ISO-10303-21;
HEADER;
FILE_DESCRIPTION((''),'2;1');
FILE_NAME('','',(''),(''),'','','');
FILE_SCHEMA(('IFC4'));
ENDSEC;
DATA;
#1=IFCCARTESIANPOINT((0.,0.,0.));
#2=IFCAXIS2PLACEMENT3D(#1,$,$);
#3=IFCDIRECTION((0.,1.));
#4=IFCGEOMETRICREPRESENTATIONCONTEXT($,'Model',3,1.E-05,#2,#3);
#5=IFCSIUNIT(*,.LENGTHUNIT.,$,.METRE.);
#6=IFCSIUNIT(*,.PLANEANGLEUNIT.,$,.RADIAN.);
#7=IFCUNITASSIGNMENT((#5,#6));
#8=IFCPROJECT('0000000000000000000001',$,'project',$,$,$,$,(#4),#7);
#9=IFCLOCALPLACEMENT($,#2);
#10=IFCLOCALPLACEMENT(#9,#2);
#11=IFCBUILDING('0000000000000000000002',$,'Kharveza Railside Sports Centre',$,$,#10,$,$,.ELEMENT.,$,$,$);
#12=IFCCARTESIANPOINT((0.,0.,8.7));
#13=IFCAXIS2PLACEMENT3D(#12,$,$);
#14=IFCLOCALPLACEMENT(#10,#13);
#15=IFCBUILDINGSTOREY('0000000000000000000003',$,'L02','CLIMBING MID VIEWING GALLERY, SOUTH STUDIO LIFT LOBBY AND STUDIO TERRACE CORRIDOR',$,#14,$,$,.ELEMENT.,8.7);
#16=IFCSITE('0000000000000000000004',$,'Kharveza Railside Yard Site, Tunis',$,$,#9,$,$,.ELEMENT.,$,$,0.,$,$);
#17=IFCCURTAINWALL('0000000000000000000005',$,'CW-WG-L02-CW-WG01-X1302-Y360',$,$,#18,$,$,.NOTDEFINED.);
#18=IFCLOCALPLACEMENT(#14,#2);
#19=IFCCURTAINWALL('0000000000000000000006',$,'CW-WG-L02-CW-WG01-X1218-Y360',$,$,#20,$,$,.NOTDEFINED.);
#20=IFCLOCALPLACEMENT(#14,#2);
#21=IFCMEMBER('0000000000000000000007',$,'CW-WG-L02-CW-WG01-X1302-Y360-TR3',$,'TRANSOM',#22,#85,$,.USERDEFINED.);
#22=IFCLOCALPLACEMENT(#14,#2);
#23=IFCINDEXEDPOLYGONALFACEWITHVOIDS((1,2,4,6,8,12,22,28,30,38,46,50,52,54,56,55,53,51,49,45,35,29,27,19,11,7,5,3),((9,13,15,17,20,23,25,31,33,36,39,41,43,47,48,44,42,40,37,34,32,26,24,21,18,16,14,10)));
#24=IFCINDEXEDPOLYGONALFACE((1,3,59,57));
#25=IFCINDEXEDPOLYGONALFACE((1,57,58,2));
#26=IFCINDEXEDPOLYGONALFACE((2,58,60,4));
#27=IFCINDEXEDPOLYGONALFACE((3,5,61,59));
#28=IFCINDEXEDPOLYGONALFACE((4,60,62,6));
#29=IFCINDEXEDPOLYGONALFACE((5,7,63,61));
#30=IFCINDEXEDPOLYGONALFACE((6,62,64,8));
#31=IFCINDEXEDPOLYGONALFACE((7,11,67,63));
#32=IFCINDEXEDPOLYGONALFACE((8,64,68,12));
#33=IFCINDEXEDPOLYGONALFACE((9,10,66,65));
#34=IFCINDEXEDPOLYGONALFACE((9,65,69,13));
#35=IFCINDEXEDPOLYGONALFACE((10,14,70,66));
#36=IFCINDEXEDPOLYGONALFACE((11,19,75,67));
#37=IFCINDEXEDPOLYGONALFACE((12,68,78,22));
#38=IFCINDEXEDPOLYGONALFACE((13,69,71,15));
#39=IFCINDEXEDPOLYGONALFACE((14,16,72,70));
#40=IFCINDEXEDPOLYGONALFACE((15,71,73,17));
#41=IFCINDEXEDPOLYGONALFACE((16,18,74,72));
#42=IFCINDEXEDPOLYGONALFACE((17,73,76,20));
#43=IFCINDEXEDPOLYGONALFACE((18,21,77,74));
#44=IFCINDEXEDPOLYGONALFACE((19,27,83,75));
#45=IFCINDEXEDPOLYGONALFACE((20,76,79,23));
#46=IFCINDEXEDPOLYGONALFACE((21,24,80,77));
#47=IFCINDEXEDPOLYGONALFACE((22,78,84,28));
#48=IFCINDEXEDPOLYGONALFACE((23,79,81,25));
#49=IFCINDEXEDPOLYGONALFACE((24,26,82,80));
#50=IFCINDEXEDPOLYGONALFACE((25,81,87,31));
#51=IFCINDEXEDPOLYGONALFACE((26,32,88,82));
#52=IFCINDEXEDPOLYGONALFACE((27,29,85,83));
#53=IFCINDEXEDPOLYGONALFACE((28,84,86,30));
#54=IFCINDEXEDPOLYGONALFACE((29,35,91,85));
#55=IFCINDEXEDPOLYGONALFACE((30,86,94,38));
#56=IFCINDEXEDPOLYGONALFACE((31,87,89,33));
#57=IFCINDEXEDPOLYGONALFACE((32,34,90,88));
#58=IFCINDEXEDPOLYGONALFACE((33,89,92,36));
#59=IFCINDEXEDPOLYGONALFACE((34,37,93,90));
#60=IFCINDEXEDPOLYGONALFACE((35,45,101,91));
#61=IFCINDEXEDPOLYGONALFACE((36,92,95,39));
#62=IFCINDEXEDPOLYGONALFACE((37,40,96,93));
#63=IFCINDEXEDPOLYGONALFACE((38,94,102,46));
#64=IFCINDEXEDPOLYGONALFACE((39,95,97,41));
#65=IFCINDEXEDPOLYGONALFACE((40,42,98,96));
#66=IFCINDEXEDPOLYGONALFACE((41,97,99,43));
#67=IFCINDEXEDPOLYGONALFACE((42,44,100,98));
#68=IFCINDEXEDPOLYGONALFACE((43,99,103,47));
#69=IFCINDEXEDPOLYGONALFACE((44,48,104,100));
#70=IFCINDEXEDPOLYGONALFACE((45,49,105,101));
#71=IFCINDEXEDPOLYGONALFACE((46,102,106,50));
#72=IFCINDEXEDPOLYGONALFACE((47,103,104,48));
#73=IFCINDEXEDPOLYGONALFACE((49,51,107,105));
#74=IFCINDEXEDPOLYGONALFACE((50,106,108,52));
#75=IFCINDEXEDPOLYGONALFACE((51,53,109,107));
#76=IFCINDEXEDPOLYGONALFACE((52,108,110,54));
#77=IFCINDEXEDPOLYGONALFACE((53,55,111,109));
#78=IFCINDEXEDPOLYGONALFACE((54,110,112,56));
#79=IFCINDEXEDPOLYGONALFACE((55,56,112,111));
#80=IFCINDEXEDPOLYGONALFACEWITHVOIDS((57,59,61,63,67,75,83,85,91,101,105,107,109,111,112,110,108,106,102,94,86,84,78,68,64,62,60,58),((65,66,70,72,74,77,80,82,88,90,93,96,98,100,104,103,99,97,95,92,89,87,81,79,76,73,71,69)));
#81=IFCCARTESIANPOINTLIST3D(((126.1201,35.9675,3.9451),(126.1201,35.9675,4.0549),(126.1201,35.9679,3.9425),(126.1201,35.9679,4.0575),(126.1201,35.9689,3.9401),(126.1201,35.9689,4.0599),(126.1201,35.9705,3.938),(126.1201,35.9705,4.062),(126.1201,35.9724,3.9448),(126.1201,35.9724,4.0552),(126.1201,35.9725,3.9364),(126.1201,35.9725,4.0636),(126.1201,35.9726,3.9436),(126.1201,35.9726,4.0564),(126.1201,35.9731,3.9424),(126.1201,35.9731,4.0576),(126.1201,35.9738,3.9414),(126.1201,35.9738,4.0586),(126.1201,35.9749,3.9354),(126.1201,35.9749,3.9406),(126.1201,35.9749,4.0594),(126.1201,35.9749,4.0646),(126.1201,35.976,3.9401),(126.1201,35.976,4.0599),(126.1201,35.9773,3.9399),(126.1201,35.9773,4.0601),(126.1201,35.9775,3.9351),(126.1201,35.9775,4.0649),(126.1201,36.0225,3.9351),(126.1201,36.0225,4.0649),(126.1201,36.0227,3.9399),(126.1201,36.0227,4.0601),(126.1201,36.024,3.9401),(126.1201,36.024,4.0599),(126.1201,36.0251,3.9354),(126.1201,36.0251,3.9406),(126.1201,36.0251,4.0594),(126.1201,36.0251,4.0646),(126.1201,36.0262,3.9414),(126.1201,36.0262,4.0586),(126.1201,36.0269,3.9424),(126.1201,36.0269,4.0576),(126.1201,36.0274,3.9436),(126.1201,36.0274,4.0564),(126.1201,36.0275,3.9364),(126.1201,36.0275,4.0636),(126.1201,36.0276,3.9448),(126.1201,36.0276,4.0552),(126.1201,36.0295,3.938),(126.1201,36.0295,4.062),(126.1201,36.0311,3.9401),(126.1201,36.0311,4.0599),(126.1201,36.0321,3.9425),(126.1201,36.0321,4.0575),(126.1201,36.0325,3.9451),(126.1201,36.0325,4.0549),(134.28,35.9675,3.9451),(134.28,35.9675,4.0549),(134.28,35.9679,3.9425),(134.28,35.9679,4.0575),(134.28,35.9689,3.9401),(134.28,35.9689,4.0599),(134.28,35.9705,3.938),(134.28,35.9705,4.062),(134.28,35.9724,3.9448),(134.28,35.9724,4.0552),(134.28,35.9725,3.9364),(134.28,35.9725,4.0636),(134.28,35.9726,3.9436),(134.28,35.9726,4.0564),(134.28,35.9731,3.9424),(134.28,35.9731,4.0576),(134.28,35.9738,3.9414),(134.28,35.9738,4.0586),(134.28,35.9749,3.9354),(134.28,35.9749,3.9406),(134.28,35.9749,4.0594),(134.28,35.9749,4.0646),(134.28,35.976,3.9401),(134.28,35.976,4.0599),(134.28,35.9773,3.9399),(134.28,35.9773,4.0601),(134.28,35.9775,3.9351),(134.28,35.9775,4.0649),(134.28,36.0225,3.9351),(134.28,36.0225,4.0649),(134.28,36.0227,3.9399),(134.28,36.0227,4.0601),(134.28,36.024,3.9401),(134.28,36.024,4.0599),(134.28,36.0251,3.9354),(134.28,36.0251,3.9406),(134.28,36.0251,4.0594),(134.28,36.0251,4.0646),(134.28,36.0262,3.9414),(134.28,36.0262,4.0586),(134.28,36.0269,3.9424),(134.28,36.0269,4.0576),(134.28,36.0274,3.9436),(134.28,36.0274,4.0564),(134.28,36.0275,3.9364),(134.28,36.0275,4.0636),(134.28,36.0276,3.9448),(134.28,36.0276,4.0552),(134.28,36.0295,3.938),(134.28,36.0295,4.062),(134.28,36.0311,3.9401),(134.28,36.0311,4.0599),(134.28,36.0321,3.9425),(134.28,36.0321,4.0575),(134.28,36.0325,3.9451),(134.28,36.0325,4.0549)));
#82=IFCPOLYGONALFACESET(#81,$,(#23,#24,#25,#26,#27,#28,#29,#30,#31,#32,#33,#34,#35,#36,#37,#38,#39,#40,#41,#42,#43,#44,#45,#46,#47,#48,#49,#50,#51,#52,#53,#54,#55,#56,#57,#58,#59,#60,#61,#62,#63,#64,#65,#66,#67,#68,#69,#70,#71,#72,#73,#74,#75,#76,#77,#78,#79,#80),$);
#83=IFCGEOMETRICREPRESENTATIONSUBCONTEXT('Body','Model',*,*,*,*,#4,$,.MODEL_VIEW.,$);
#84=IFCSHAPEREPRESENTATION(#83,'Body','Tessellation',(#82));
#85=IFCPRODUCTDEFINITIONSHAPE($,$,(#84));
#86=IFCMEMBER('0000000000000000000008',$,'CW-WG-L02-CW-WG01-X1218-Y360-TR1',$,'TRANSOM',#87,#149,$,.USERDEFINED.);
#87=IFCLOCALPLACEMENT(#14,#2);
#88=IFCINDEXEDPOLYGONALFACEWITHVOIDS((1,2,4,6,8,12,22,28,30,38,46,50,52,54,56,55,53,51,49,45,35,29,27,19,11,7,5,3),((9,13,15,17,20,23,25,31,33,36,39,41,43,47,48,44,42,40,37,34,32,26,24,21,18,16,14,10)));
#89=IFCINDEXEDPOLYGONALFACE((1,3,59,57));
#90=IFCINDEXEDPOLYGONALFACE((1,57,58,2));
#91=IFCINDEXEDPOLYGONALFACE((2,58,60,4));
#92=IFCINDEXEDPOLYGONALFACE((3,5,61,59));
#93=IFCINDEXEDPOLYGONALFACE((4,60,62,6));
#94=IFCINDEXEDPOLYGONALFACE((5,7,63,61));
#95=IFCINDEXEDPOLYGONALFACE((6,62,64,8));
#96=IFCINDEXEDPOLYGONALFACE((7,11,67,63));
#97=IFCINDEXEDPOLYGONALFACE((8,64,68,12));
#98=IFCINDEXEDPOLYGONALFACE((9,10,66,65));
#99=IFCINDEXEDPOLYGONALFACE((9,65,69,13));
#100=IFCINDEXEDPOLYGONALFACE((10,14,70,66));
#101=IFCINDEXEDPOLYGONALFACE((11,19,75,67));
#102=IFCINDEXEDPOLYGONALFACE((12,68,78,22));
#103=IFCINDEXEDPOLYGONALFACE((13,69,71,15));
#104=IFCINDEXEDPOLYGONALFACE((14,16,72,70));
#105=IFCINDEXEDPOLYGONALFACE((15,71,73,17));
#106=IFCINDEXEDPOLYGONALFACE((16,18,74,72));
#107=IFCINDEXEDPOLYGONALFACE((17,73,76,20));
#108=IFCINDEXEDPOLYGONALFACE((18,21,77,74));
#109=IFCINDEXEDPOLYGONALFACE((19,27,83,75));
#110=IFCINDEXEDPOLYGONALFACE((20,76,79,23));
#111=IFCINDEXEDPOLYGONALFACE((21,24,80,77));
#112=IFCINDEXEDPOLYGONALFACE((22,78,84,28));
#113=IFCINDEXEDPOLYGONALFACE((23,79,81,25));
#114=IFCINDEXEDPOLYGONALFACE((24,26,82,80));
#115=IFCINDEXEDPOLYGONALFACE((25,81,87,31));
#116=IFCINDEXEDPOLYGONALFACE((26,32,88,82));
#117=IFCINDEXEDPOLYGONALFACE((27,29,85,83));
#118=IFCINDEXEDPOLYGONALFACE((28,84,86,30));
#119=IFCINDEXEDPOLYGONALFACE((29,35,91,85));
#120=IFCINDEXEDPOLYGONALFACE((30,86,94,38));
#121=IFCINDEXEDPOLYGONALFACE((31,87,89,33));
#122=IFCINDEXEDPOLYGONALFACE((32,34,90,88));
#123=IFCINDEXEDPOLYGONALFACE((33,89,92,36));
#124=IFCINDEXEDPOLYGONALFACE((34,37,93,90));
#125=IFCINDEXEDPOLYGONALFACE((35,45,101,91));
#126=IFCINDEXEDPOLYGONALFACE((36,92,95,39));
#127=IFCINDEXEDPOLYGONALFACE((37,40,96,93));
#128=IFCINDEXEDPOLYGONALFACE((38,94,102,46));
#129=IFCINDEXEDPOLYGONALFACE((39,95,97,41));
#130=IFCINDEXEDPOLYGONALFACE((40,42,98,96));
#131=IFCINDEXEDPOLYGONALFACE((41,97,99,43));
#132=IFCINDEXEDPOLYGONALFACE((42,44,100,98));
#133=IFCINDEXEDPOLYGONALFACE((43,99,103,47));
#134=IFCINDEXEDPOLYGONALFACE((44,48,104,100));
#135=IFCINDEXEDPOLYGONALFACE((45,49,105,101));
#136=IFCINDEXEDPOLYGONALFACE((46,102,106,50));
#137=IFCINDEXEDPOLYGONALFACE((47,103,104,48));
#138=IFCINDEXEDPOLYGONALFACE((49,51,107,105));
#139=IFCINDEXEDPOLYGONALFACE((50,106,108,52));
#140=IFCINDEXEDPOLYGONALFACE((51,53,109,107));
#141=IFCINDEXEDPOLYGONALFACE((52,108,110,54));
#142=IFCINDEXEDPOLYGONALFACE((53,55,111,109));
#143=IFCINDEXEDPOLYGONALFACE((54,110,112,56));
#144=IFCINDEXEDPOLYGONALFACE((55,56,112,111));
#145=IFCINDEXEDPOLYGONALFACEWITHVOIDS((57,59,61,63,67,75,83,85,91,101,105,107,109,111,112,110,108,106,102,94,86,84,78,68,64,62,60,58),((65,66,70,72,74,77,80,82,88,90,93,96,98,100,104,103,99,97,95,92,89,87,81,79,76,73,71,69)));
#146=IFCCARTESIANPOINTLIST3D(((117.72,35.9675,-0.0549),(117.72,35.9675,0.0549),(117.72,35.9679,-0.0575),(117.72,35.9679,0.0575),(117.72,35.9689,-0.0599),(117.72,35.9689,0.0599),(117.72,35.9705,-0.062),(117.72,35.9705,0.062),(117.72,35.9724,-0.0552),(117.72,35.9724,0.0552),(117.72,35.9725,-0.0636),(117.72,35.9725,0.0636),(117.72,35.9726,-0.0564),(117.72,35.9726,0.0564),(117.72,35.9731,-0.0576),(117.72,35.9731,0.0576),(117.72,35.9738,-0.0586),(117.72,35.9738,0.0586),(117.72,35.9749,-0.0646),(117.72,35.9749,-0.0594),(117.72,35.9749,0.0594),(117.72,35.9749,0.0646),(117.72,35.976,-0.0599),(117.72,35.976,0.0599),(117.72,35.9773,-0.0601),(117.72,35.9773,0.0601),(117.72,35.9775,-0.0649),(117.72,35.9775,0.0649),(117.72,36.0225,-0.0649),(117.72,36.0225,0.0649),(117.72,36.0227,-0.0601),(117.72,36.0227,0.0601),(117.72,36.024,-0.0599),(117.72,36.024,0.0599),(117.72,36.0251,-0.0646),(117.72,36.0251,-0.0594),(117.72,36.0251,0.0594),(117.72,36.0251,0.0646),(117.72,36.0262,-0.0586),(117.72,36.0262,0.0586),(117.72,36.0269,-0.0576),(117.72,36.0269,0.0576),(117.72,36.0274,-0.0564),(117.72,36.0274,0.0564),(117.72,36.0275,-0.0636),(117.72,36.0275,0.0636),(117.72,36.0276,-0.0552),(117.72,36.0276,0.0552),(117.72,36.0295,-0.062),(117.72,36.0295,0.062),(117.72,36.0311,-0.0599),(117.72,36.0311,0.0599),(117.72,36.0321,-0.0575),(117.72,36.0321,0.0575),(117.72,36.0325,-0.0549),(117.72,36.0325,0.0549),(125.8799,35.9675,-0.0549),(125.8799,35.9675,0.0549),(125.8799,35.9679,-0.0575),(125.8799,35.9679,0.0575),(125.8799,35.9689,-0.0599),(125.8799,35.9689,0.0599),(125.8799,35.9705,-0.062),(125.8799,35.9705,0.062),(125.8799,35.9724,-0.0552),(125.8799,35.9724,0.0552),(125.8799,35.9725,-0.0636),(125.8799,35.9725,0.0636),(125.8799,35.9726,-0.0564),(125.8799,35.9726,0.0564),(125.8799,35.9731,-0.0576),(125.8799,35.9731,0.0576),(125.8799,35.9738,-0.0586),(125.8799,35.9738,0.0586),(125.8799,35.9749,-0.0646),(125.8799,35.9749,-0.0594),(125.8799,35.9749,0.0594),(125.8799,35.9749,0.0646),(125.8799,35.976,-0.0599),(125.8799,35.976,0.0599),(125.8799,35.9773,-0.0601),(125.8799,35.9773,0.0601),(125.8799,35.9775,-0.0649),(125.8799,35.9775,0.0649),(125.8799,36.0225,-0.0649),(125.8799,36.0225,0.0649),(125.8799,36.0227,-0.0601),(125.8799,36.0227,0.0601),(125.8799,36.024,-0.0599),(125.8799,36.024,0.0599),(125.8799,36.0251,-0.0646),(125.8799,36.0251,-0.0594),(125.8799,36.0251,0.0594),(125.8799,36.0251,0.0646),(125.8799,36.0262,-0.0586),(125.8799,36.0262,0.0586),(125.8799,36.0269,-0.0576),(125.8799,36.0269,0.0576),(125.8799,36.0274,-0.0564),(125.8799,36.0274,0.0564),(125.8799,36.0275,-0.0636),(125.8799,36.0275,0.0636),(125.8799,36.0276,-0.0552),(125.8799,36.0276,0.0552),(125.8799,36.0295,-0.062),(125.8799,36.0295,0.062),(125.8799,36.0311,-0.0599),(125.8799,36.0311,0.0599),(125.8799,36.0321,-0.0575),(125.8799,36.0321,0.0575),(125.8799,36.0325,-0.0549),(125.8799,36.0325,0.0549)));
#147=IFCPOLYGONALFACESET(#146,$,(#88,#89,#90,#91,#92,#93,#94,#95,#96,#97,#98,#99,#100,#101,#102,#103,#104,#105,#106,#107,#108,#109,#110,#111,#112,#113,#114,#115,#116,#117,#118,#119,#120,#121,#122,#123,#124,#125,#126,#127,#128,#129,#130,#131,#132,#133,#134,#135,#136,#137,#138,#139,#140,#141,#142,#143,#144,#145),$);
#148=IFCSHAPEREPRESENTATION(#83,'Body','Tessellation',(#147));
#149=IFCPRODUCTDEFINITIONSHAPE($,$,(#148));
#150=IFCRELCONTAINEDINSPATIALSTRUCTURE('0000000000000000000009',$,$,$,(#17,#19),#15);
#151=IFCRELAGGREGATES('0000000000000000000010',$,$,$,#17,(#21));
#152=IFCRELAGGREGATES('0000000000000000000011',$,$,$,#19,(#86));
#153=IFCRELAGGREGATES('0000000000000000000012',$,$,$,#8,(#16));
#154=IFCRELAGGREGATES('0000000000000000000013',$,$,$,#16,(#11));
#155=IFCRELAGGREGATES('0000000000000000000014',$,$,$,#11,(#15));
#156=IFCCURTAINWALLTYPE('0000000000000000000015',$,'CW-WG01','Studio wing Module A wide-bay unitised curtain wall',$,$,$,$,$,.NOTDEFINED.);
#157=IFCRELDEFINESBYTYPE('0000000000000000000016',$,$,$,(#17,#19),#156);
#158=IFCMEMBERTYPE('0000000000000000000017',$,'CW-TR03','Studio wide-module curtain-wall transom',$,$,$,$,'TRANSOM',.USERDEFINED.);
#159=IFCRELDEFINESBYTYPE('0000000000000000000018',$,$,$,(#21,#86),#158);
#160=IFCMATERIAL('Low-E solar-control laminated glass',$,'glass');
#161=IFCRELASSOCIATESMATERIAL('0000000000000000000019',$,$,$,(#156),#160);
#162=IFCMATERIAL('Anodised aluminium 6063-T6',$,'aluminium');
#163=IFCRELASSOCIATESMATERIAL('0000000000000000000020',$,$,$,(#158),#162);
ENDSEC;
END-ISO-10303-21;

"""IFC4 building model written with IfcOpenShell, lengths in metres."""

from ifc_helpers import new_model, si_unit, direction, frame, origin, origin_2d, place, context, subcontext, project, spatial, hollow_rectangle, extrude, material, material_profile, profile_set, type_object, element, aggregate, save


model = new_model("IFC4")

# Units and contexts
model_context = context("Model", 3, precision=1e-05, world=origin(), true_north=direction((0.0, 1.0)))
body_context = subcontext(model_context, "Body", "Model", "MODEL_VIEW")
ifc_project = project(units=[si_unit("LENGTHUNIT", "METRE"), si_unit("PLANEANGLEUNIT", "RADIAN")], contexts=[model_context])

# Site, building, storey
site_placement = place(None, origin())
site = spatial("IfcSite", under=ifc_project, at=site_placement, Name="Kharveza Railside Yard Site, Tunis", CompositionType="ELEMENT", RefElevation=0.0)
building_placement = place(site_placement, origin())
building = spatial("IfcBuilding", under=site, at=building_placement, Name="Kharveza Railside Sports Centre", CompositionType="ELEMENT")
storey_placement = place(building_placement, frame((0.0, 0.0, 8.7)))
storey = spatial("IfcBuildingStorey", under=building, at=storey_placement, Name="L02", Description="CLIMBING MID VIEWING GALLERY, SOUTH STUDIO LIFT LOBBY AND STUDIO TERRACE CORRIDOR", CompositionType="ELEMENT", Elevation=8.7)

# Curtain wall
ifc_material_1 = material(Name="Low-E solar-control laminated glass", Category="glass")
curtain_wall_type = type_object("IfcCurtainWallType", Name="CW-WG01", Description="Studio wing Module A wide-bay unitised curtain wall", PredefinedType="NOTDEFINED", material=ifc_material_1)
curtain_wall_1_placement = place(storey_placement, origin())
curtain_wall_1 = element("IfcCurtainWall", 1, at=curtain_wall_1_placement, inside=storey, type_object=curtain_wall_type, Name="CW-WG-L02-CW-WG01-X1302-Y360", PredefinedType="NOTDEFINED")
ifc_material_2 = material(Name="Anodised aluminium 6063-T6", Category="aluminium")

# Curtain wall
curtain_wall_2_placement = place(storey_placement, origin())
curtain_wall_2 = element("IfcCurtainWall", 2, at=curtain_wall_2_placement, inside=storey, type_object=curtain_wall_type, Name="CW-WG-L02-CW-WG01-X1218-Y360", PredefinedType="NOTDEFINED")

# Members
ifc_material_profile_1 = material_profile(ifc_material_2, hollow_rectangle(XDim=0.0649, YDim=0.1299, WallThickness=0.0049, InnerFilletRadius=0.0049, OuterFilletRadius=0.01, at=origin_2d()), Name="RHS 65x130x5.0")
ifc_profile_set_1 = profile_set([ifc_material_profile_1], Name="Anodised aluminium 6063-T6")
member_type_1 = type_object("IfcMemberType", Name="CW-TR03", Description="Studio wide-module curtain-wall transom", ElementType="TRANSOM", PredefinedType="USERDEFINED", material=ifc_profile_set_1)
member_1_placement = place(storey_placement, frame((134.28, 36.0, 4.0), z_axis=(-1.0, 0.0, 0.0), x_axis=(0.0, -1.0, 0.0)))
member_1 = element("IfcMember", 3, at=member_1_placement, type_object=member_type_1, Name="CW-WG-L02-CW-WG01-X1302-Y360-TR3", ObjectType="TRANSOM", PredefinedType="USERDEFINED", context=body_context, shape_type="SweptSolid", body=[
    extrude(hollow_rectangle(XDim=0.0649, YDim=0.1299, WallThickness=0.0049, InnerFilletRadius=0.0049, OuterFilletRadius=0.01, at=origin_2d()), origin(), (0.0, 0.0, 1.0), 8.1599),
])
member_2_placement = place(storey_placement, frame((125.8799, 36.0, 0.0), z_axis=(-1.0, 0.0, 0.0), x_axis=(0.0, -1.0, 0.0)))
member_2 = element("IfcMember", 4, at=member_2_placement, type_object=member_type_1, Name="CW-WG-L02-CW-WG01-X1218-Y360-TR1", ObjectType="TRANSOM", PredefinedType="USERDEFINED", context=body_context, shape_type="SweptSolid", body=[
    extrude(hollow_rectangle(XDim=0.0649, YDim=0.1299, WallThickness=0.0049, InnerFilletRadius=0.0049, OuterFilletRadius=0.01, at=origin_2d()), origin(), (0.0, 0.0, 1.0), 8.1599),
])

aggregate(curtain_wall_1, [member_1])
aggregate(curtain_wall_2, [member_2])

save(model, "model.ifc")
